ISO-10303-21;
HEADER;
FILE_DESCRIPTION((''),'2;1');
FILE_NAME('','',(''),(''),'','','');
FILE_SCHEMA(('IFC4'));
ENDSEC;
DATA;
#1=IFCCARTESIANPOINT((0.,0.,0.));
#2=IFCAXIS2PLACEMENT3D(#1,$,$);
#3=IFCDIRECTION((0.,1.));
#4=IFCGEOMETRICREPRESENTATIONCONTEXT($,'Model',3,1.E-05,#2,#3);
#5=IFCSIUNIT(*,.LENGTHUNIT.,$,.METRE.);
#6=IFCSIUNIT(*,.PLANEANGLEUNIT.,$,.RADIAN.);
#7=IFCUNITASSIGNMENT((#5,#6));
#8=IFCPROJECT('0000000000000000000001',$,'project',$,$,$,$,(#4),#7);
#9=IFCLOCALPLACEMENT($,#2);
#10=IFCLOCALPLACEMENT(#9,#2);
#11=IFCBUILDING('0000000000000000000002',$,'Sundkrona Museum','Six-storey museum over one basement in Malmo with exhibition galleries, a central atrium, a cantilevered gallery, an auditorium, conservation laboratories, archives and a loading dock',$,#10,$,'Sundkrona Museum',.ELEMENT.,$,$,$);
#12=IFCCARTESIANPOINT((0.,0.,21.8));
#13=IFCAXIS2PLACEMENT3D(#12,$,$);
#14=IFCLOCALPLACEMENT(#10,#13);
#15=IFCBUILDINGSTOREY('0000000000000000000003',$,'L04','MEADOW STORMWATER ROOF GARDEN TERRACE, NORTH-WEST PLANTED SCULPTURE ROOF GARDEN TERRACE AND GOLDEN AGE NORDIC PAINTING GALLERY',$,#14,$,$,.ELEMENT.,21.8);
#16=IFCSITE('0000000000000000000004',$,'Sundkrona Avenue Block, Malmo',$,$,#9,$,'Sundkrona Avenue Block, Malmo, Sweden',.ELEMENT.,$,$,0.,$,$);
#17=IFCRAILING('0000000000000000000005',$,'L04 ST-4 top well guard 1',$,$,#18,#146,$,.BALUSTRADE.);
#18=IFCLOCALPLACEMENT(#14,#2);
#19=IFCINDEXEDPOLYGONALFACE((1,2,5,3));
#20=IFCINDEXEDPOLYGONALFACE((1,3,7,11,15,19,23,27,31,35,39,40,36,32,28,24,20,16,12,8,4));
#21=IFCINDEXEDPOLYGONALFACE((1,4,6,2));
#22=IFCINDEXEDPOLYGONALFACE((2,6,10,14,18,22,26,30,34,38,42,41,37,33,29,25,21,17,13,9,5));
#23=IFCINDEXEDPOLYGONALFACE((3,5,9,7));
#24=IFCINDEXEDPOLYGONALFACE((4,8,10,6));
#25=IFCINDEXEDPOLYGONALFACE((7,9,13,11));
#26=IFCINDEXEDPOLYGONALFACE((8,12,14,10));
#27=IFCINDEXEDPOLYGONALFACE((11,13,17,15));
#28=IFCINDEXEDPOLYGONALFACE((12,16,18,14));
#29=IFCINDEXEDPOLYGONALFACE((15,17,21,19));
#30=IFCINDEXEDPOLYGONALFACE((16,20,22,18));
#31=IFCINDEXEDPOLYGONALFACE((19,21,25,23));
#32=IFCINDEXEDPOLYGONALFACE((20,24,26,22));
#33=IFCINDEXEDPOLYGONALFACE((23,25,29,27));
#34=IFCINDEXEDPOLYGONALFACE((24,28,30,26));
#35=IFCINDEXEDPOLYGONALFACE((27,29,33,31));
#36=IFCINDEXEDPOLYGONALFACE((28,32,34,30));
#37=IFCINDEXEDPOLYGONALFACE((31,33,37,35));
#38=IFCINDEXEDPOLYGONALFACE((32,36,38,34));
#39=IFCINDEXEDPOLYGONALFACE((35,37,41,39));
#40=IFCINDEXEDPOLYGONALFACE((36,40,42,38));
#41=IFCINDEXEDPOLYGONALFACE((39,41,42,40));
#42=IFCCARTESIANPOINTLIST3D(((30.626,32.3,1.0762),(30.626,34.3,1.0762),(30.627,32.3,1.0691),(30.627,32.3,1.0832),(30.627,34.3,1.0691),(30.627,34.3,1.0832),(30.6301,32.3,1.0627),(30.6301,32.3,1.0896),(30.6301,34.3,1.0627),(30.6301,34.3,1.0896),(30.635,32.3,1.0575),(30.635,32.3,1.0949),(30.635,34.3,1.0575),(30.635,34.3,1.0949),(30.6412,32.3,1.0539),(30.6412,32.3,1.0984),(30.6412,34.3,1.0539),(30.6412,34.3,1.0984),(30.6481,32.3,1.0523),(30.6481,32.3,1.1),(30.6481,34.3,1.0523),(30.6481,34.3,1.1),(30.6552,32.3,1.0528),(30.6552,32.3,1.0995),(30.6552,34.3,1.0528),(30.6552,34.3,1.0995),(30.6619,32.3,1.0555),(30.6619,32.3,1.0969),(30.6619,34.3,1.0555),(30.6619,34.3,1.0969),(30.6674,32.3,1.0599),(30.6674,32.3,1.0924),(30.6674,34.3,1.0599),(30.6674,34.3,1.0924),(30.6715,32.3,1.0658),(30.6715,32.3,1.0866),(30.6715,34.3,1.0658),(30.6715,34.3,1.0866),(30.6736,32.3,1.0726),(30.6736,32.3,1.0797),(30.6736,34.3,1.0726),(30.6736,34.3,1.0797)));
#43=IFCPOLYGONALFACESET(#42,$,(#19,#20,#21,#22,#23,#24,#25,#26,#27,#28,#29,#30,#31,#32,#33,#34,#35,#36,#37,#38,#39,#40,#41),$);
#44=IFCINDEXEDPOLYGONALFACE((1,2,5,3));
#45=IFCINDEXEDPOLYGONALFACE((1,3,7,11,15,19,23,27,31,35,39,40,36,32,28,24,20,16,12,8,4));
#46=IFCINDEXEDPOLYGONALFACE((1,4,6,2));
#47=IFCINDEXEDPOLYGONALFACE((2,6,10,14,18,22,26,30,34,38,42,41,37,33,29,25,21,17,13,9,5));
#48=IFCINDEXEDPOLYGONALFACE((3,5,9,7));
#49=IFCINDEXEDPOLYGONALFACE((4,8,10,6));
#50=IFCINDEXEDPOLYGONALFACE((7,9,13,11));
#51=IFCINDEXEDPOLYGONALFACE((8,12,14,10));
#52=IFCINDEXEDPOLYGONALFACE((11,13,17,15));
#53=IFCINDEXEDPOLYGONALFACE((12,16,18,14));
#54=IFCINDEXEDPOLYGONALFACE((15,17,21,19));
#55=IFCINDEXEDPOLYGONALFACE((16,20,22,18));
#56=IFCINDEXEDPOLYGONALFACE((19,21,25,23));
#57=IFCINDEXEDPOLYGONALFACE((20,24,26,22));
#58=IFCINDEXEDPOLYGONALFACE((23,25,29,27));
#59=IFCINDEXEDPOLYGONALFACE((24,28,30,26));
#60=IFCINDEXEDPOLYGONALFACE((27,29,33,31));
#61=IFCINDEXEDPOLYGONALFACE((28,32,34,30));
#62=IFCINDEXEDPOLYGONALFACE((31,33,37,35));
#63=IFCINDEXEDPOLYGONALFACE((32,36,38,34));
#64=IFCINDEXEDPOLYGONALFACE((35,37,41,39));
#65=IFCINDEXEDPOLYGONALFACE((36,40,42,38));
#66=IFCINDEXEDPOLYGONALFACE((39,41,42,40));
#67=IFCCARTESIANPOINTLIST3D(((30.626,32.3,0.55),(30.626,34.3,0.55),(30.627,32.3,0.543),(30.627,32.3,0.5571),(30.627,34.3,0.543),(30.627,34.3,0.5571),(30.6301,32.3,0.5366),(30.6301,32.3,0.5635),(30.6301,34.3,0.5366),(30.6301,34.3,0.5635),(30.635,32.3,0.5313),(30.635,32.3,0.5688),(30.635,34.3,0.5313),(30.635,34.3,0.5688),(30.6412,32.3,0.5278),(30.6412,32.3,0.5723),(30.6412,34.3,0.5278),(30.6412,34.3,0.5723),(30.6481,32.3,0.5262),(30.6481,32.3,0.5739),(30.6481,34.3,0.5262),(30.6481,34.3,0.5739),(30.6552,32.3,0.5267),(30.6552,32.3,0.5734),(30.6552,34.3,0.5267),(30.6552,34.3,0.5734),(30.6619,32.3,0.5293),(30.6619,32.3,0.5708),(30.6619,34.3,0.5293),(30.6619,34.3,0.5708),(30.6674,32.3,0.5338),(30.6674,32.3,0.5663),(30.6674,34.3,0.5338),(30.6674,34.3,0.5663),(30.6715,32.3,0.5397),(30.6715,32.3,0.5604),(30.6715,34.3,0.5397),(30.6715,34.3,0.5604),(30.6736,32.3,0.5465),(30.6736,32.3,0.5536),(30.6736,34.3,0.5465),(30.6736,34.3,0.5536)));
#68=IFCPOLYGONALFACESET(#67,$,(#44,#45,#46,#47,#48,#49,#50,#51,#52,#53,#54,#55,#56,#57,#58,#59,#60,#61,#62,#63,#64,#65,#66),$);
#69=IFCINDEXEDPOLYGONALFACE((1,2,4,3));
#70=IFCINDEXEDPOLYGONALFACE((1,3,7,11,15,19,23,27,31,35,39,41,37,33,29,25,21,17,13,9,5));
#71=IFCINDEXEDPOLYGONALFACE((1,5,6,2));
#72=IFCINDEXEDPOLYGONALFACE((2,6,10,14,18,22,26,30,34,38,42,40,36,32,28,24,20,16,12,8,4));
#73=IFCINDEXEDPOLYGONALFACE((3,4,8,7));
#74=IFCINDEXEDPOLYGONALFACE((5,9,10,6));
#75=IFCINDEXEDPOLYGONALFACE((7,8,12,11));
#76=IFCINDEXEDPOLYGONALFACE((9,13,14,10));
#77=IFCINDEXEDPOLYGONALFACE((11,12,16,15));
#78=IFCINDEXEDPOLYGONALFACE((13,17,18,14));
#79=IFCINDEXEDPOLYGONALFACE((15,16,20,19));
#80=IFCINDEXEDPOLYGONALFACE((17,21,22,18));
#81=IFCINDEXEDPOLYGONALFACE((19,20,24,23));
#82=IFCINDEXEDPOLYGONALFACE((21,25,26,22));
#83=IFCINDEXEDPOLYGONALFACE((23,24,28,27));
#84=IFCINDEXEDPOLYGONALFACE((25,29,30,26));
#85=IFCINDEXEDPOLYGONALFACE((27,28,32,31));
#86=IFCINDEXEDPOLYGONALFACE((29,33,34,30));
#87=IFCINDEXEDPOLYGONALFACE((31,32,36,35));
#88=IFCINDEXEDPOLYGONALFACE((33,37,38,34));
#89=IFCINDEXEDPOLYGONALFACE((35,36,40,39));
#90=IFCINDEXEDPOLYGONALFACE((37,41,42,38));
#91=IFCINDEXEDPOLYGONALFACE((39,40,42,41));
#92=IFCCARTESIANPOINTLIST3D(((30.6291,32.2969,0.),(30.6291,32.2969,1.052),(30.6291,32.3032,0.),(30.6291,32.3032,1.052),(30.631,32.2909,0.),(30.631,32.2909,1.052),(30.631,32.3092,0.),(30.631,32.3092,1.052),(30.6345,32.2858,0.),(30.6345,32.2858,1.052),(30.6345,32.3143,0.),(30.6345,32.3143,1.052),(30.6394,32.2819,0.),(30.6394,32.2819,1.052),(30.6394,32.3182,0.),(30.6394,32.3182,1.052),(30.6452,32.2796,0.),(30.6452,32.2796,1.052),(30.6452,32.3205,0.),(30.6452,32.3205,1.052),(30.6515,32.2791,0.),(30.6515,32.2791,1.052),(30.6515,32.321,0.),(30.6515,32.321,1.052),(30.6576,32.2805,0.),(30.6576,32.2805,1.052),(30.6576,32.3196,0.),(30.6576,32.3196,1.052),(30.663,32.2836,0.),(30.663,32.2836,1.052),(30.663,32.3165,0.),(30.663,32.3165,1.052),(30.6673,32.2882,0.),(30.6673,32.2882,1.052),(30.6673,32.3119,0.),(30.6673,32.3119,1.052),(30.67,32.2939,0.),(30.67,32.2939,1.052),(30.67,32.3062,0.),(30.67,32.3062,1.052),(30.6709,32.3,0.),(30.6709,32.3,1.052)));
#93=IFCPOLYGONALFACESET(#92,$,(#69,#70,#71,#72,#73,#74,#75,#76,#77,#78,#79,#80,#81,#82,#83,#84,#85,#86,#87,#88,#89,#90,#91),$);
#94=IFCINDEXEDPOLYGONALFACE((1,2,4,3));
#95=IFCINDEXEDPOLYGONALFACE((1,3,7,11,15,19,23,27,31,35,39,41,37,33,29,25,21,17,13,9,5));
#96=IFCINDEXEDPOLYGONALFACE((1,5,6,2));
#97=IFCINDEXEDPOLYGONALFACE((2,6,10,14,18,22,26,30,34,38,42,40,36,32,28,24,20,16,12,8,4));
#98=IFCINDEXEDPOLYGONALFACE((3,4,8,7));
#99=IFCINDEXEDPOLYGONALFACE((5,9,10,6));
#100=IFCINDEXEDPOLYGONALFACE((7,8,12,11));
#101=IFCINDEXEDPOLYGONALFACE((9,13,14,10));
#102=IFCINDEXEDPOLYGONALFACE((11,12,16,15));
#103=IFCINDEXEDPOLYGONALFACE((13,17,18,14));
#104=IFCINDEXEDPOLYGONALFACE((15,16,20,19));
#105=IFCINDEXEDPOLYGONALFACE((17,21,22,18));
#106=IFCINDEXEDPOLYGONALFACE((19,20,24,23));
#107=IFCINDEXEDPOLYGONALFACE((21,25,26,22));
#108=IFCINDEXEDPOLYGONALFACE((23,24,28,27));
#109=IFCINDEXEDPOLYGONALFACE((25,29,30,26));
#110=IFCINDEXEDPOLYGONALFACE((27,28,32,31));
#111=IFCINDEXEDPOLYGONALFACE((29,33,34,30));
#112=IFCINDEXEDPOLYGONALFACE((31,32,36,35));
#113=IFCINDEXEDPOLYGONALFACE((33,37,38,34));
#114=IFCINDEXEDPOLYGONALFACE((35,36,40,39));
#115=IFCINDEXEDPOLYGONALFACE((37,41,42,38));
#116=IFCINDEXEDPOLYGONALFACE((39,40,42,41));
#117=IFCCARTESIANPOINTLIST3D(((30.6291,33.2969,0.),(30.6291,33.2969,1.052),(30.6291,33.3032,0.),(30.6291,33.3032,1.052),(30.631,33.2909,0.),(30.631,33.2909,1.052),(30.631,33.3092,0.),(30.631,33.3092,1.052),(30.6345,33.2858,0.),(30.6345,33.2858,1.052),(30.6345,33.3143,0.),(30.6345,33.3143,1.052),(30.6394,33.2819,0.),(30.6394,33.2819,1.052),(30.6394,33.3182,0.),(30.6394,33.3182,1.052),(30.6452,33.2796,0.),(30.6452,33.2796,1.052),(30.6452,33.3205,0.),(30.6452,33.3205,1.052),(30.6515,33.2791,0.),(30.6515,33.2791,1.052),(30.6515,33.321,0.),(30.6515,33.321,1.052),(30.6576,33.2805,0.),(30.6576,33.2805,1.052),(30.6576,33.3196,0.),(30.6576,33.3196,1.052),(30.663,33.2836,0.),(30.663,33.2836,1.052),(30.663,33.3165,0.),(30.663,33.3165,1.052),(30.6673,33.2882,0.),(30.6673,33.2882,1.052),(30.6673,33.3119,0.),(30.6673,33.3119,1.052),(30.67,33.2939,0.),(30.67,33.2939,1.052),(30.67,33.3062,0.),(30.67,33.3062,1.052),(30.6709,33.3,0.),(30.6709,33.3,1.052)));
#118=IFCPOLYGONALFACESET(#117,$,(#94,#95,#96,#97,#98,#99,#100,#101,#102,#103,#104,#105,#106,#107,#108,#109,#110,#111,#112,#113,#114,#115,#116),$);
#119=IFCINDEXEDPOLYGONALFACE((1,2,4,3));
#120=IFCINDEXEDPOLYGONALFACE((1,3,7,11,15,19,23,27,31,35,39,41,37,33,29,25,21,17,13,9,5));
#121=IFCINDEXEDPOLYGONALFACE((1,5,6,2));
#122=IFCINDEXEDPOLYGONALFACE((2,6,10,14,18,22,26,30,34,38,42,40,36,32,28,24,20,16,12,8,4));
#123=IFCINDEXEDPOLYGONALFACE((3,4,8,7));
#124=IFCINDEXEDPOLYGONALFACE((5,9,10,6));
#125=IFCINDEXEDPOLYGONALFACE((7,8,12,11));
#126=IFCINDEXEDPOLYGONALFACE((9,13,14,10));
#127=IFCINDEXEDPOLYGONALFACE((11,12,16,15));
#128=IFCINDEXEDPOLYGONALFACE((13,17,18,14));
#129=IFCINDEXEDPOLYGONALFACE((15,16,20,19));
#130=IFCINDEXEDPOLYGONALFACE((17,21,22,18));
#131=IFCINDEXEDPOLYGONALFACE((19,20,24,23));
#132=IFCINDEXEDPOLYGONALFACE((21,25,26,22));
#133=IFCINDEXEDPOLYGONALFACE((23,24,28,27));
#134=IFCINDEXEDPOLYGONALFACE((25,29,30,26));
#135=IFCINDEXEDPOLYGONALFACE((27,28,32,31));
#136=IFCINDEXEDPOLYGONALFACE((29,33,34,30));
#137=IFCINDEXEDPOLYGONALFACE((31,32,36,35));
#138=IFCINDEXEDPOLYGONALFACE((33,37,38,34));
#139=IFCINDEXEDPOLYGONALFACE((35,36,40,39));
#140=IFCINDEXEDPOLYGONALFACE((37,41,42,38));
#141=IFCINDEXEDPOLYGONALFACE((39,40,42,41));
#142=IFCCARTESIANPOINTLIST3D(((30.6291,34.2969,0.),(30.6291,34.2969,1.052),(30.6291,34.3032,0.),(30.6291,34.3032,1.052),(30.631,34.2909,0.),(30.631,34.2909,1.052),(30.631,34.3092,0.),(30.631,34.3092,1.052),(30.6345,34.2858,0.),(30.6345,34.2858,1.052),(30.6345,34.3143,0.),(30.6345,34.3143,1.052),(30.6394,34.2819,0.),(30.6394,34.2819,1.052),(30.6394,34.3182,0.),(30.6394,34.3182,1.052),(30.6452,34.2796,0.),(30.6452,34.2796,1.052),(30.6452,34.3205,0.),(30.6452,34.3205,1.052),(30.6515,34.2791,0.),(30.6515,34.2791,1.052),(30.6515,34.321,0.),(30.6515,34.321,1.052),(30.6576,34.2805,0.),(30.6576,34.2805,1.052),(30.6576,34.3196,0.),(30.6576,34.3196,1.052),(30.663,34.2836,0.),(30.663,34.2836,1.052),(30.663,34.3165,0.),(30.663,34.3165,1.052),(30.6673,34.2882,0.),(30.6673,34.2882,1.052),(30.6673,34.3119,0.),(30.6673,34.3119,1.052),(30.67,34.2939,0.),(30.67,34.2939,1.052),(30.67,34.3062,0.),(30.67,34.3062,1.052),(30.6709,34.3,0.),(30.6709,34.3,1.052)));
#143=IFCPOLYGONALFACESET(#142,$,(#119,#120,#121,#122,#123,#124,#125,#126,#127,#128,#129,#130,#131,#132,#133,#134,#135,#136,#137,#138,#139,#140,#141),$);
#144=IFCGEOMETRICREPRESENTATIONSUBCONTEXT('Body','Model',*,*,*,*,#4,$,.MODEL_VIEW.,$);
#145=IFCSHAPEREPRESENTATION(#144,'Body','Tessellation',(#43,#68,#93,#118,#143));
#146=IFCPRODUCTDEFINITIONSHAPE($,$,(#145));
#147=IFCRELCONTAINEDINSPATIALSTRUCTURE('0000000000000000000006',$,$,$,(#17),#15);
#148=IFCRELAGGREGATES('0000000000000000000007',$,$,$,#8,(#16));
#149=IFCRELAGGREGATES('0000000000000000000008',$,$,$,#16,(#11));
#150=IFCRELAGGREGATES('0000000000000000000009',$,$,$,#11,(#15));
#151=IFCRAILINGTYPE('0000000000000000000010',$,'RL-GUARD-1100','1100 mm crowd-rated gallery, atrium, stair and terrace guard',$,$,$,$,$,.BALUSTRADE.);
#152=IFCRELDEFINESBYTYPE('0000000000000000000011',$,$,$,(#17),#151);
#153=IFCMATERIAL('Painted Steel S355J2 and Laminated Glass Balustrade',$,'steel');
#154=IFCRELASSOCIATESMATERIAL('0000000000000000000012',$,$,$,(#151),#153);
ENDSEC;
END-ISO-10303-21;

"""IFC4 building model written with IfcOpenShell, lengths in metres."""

from ifc_helpers import new_model, si_unit, direction, frame, origin, origin_2d, place, context, subcontext, project, spatial, circle, extrude, material, type_object, element, save


model = new_model("IFC4")

# Units and contexts
model_context = context("Model", 3, precision=1e-05, world=origin(), true_north=direction((0.0, 1.0)))
body_context = subcontext(model_context, "Body", "Model", "MODEL_VIEW")
ifc_project = project(units=[si_unit("LENGTHUNIT", "METRE"), si_unit("PLANEANGLEUNIT", "RADIAN")], contexts=[model_context])

# Site, building, storey
site_placement = place(None, origin())
site = spatial("IfcSite", under=ifc_project, at=site_placement, Name="Sundkrona Avenue Block, Malmo", LongName="Sundkrona Avenue Block, Malmo, Sweden", CompositionType="ELEMENT", RefElevation=0.0)
building_placement = place(site_placement, origin())
building = spatial("IfcBuilding", under=site, at=building_placement, Name="Sundkrona Museum", Description="Six-storey museum over one basement in Malmo with exhibition galleries, a central atrium, a cantilevered gallery, an auditorium, conservation laboratories, archives and a loading dock", LongName="Sundkrona Museum", CompositionType="ELEMENT")
storey_placement = place(building_placement, frame((0.0, 0.0, 21.8)))
storey = spatial("IfcBuildingStorey", under=building, at=storey_placement, Name="L04", Description="MEADOW STORMWATER ROOF GARDEN TERRACE, NORTH-WEST PLANTED SCULPTURE ROOF GARDEN TERRACE AND GOLDEN AGE NORDIC PAINTING GALLERY", CompositionType="ELEMENT", Elevation=21.8)

# Railing
ifc_material_1 = material(Name="Painted Steel S355J2 and Laminated Glass Balustrade", Category="steel")
railing_type = type_object("IfcRailingType", Name="RL-GUARD-1100", Description="1100 mm crowd-rated gallery, atrium, stair and terrace guard", PredefinedType="BALUSTRADE", material=ifc_material_1)
railing_placement = place(storey_placement, frame((30.6499, 32.3, 0.0)))
element("IfcRailing", 1, at=railing_placement, inside=storey, type_object=railing_type, Name="L04 ST-4 top well guard 1", PredefinedType="BALUSTRADE", context=body_context, shape_type="SweptSolid", body=[
    extrude(circle(Radius=0.0239, at=origin_2d()), frame((0.0, 0.0, 1.0762), z_axis=(0.0, 1.0, 0.0), x_axis=(-1.0, 0.0, 0.0)), (0.0, 0.0, 1.0), 2.0),
    extrude(circle(Radius=0.0239, at=origin_2d()), frame((0.0, 0.0, 0.55), z_axis=(0.0, 1.0, 0.0), x_axis=(-1.0, 0.0, 0.0)), (0.0, 0.0, 1.0), 2.0),
    extrude(circle(Radius=0.021, at=origin_2d()), origin(), (0.0, 0.0, 1.0), 1.052),
    extrude(circle(Radius=0.021, at=origin_2d()), frame((0.0, 1.0, 0.0)), (0.0, 0.0, 1.0), 1.052),
    extrude(circle(Radius=0.021, at=origin_2d()), frame((0.0, 2.0, 0.0)), (0.0, 0.0, 1.0), 1.052),
])

save(model, "model.ifc")
